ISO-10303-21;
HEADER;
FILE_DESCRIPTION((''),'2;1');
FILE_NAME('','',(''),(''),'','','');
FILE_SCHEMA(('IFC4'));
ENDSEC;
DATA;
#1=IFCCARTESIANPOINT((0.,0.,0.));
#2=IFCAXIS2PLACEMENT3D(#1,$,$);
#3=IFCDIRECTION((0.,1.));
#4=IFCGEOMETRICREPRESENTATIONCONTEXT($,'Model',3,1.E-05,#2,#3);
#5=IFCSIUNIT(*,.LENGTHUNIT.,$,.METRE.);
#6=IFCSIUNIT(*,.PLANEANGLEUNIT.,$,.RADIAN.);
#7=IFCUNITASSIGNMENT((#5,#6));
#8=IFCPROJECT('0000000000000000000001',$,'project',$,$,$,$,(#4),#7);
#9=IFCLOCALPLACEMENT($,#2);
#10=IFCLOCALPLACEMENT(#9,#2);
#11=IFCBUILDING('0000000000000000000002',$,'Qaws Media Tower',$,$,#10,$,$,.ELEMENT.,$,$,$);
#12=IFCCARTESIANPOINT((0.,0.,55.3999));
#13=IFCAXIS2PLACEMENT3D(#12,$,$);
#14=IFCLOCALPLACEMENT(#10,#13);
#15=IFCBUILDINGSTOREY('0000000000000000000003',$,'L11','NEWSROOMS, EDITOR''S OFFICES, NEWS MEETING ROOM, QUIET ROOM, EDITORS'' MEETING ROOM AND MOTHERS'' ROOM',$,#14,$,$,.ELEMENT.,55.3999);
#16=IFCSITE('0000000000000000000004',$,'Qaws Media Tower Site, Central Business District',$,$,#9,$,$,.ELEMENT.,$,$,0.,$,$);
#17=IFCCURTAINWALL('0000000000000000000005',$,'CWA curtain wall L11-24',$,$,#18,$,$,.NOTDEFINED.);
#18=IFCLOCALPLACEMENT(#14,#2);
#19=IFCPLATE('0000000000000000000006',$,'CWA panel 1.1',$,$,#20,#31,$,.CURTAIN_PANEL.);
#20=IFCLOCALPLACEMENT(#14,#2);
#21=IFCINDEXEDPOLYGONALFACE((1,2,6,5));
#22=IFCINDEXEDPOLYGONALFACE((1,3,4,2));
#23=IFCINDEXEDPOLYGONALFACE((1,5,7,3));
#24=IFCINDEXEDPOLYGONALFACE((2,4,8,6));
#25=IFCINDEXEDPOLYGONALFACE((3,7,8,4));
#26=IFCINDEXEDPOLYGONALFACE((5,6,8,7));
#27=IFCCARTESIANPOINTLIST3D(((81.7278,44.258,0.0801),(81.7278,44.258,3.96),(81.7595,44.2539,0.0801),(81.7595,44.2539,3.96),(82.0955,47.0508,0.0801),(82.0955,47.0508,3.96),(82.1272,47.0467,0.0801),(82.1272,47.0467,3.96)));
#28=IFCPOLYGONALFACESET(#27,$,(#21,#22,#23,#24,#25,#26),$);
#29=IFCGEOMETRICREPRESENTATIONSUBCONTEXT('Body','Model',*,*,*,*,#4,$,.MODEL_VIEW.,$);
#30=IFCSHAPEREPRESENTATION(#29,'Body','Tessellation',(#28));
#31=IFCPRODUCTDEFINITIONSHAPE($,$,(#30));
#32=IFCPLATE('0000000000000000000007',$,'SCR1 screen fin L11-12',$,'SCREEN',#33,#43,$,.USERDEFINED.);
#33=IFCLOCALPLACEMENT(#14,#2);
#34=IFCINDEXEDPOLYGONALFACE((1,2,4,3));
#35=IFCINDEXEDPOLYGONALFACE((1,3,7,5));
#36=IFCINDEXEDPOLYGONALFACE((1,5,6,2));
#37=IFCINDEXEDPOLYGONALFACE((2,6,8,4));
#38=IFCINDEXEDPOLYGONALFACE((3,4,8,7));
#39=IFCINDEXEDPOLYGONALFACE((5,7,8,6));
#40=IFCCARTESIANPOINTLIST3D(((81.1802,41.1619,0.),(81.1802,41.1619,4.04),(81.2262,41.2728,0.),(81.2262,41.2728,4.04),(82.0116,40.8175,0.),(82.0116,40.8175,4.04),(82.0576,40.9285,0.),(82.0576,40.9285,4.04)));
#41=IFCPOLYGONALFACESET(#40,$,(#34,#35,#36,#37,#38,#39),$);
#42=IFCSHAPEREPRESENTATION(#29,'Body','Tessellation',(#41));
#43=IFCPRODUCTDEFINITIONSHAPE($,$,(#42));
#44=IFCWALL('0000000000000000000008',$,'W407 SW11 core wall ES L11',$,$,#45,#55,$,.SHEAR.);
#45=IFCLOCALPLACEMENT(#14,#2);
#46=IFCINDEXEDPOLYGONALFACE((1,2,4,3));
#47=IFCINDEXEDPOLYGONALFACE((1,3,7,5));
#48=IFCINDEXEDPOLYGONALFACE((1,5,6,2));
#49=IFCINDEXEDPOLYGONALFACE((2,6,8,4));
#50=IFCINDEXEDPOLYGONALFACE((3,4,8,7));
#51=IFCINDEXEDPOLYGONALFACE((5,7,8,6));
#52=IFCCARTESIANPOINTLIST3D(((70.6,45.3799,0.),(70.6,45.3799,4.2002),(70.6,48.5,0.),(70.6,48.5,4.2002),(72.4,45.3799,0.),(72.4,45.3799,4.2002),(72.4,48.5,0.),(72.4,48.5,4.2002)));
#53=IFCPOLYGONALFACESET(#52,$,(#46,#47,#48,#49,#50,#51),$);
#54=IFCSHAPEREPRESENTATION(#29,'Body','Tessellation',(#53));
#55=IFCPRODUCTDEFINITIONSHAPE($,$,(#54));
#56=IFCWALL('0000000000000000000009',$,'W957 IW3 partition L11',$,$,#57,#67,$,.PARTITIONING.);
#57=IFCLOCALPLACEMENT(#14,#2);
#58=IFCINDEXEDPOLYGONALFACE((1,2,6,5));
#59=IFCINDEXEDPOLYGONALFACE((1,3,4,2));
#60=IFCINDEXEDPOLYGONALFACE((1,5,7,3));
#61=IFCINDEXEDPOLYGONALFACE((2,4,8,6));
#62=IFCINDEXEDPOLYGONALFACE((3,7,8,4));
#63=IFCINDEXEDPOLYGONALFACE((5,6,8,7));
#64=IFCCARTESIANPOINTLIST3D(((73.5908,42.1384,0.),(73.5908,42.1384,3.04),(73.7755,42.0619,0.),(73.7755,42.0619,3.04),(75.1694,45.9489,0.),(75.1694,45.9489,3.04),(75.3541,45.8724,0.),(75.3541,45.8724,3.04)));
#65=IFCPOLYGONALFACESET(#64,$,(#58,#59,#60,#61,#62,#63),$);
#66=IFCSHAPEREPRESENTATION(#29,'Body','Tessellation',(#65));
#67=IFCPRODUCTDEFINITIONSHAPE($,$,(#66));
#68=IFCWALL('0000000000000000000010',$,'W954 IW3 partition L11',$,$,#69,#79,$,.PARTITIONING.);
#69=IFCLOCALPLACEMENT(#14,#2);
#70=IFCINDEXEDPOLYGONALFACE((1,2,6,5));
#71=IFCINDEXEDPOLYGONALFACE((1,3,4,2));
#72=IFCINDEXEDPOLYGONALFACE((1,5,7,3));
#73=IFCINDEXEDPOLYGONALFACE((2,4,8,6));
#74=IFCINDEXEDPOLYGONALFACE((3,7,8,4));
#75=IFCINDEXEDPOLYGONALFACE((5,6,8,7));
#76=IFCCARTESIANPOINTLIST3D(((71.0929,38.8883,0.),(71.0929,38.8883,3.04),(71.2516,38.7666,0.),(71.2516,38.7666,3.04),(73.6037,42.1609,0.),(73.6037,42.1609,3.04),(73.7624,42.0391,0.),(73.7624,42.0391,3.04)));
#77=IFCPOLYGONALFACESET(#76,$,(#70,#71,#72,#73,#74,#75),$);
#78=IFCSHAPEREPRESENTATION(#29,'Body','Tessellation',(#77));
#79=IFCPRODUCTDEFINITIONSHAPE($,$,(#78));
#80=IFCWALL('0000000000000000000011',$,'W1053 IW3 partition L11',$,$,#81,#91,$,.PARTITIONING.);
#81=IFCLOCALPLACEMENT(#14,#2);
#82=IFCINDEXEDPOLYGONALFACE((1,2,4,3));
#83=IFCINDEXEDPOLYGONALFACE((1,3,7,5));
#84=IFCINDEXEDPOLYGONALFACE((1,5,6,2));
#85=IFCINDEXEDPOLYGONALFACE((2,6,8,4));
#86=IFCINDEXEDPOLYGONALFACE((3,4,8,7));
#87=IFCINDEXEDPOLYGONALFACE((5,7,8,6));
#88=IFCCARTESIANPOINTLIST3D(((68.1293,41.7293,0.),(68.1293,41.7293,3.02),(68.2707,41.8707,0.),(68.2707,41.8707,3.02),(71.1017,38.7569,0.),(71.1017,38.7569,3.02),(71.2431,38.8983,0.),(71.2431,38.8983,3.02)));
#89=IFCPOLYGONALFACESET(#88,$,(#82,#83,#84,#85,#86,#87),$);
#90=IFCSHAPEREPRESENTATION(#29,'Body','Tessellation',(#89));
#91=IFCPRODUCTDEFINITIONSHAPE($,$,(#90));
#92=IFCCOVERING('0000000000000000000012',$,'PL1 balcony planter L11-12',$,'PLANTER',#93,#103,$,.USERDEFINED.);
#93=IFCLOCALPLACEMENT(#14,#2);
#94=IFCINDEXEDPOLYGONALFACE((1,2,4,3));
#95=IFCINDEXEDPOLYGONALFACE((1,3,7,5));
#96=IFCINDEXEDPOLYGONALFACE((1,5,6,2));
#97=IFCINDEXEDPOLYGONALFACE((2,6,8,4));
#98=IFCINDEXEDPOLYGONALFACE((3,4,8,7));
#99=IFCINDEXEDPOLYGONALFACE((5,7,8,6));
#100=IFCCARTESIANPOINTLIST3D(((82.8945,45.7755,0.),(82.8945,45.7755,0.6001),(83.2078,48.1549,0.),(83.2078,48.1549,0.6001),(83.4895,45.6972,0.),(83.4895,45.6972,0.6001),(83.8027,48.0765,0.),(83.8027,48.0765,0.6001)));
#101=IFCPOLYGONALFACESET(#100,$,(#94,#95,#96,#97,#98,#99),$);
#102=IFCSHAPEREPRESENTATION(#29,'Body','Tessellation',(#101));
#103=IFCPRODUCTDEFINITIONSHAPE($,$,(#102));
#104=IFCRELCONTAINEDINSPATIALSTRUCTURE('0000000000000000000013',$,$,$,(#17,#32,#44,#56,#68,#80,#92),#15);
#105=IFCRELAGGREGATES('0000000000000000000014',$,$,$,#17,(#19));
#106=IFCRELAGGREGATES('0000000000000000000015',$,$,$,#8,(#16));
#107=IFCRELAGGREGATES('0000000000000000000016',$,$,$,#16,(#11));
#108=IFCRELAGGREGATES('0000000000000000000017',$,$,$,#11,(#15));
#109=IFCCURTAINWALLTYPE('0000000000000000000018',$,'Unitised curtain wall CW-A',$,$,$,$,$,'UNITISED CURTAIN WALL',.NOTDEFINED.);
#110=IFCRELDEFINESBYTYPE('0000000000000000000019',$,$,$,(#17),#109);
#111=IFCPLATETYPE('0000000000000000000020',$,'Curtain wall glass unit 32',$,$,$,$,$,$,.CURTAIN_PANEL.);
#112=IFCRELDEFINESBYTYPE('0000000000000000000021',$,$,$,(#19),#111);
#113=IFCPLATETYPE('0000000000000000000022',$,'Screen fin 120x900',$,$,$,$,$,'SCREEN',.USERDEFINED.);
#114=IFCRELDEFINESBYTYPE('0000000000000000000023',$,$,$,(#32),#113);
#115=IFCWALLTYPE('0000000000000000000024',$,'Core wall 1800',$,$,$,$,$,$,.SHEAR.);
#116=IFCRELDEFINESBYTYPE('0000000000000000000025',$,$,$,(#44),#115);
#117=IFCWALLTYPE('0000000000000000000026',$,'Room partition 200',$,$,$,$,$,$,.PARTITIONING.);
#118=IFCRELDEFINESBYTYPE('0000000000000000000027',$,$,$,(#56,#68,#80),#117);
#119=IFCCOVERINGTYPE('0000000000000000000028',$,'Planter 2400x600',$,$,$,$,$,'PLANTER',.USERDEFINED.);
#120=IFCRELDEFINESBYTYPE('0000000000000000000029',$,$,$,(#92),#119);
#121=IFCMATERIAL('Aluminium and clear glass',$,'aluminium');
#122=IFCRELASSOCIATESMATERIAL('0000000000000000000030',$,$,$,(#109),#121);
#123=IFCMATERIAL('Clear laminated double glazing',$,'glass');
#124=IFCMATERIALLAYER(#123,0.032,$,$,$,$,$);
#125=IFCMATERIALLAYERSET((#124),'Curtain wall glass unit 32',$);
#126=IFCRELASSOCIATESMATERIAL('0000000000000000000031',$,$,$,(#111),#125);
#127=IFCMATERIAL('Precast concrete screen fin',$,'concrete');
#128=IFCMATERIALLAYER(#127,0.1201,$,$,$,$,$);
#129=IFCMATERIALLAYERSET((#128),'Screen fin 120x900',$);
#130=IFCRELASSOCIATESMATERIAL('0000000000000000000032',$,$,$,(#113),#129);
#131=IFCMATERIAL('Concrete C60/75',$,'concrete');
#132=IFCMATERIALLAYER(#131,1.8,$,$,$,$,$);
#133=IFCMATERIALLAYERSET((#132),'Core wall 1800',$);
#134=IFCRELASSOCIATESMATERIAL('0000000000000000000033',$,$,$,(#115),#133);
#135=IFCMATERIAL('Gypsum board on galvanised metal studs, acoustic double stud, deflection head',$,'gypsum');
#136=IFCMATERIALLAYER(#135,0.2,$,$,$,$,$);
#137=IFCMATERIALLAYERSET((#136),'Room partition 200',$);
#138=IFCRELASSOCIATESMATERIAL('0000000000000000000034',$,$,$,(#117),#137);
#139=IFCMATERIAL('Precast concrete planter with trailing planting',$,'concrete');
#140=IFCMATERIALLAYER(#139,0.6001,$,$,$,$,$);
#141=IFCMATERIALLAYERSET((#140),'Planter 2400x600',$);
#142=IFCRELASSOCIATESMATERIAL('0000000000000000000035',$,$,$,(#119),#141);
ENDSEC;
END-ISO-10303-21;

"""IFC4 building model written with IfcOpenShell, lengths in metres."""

from ifc_helpers import new_model, si_unit, direction, frame, frame_2d, origin, origin_2d, place, context, subcontext, project, spatial, rectangle, extrude, material, layer, layer_set, type_object, element, aggregate, save


model = new_model("IFC4")

# Units and contexts
model_context = context("Model", 3, precision=1e-05, world=origin(), true_north=direction((0.0, 1.0)))
body_context = subcontext(model_context, "Body", "Model", "MODEL_VIEW")
ifc_project = project(units=[si_unit("LENGTHUNIT", "METRE"), si_unit("PLANEANGLEUNIT", "RADIAN")], contexts=[model_context])

# Site, building, storey
site_placement = place(None, origin())
site = spatial("IfcSite", under=ifc_project, at=site_placement, Name="Qaws Media Tower Site, Central Business District", CompositionType="ELEMENT", RefElevation=0.0)
building_placement = place(site_placement, origin())
building = spatial("IfcBuilding", under=site, at=building_placement, Name="Qaws Media Tower", CompositionType="ELEMENT")
storey_placement = place(building_placement, frame((0.0, 0.0, 55.3999)))
storey = spatial("IfcBuildingStorey", under=building, at=storey_placement, Name="L11", Description="NEWSROOMS, EDITOR'S OFFICES, NEWS MEETING ROOM, QUIET ROOM, EDITORS' MEETING ROOM AND MOTHERS' ROOM", CompositionType="ELEMENT", Elevation=55.3999)

# Curtain wall
ifc_material_1 = material(Name="Aluminium and clear glass", Category="aluminium")
curtain_wall_type = type_object("IfcCurtainWallType", Name="Unitised curtain wall CW-A", ElementType="UNITISED CURTAIN WALL", PredefinedType="NOTDEFINED", material=ifc_material_1)
curtain_wall_1_placement = place(storey_placement, origin())
curtain_wall_1 = element("IfcCurtainWall", 1, at=curtain_wall_1_placement, inside=storey, type_object=curtain_wall_type, Name="CWA curtain wall L11-24", PredefinedType="NOTDEFINED")

# Plates
ifc_material_2 = material(Name="Clear laminated double glazing", Category="glass")
ifc_layer_1 = layer(ifc_material_2, 0.032)
ifc_layer_set_1 = layer_set([ifc_layer_1], Name="Curtain wall glass unit 32")
plate_type_1 = type_object("IfcPlateType", Name="Curtain wall glass unit 32", PredefinedType="CURTAIN_PANEL", material=ifc_layer_set_1)
plate_1_placement = place(storey_placement, frame((81.9275, 45.6523, 0.0801), z_axis=(0.0, 0.0, 1.0), x_axis=(0.130526, 0.991445, 0.0)))
plate_1 = element("IfcPlate", 2, at=plate_1_placement, type_object=plate_type_1, Name="CWA panel 1.1", PredefinedType="CURTAIN_PANEL", context=body_context, shape_type="SweptSolid", body=[
    extrude(rectangle(XDim=2.8169, YDim=0.032, at=origin_2d()), origin(), (0.0, 0.0, 1.0), 3.8799),
])
aggregate(curtain_wall_1, [plate_1])
ifc_material_3 = material(Name="Precast concrete screen fin", Category="concrete")
ifc_layer_2 = layer(ifc_material_3, 0.1201)
ifc_layer_set_2 = layer_set([ifc_layer_2], Name="Screen fin 120x900")
plate_type_2 = type_object("IfcPlateType", Name="Screen fin 120x900", ElementType="SCREEN", PredefinedType="USERDEFINED", material=ifc_layer_set_2)
plate_2_placement = place(storey_placement, frame((81.6189, 41.0452, 0.0), z_axis=(0.0, 0.0, 1.0), x_axis=(0.92388, -0.382683, 0.0)))
element("IfcPlate", 3, at=plate_2_placement, inside=storey, type_object=plate_type_2, Name="SCR1 screen fin L11-12", ObjectType="SCREEN", PredefinedType="USERDEFINED", context=body_context, shape_type="SweptSolid", body=[
    extrude(rectangle(XDim=0.8999, YDim=0.1201, at=origin_2d()), origin(), (0.0, 0.0, 1.0), 4.04),
])

# Walls
ifc_material_4 = material(Name="Concrete C60/75", Category="concrete")
ifc_layer_3 = layer(ifc_material_4, 1.8)
ifc_layer_set_3 = layer_set([ifc_layer_3], Name="Core wall 1800")
wall_type_1 = type_object("IfcWallType", Name="Core wall 1800", PredefinedType="SHEAR", material=ifc_layer_set_3)
wall_1_placement = place(storey_placement, frame((71.5, 45.3799, 0.0), z_axis=(0.0, 0.0, 1.0), x_axis=(0.0, 1.0, 0.0)))
element("IfcWall", 4, at=wall_1_placement, inside=storey, type_object=wall_type_1, Name="W407 SW11 core wall ES L11", PredefinedType="SHEAR", context=body_context, shape_type="SweptSolid", body=[
    extrude(rectangle(XDim=3.1201, YDim=1.8, at=frame_2d((1.5601, 0.0))), origin(), (0.0, 0.0, 1.0), 4.2002),
])
ifc_material_5 = material(Name="Gypsum board on galvanised metal studs, acoustic double stud, deflection head", Category="gypsum")
ifc_layer_4 = layer(ifc_material_5, 0.2)
ifc_layer_set_4 = layer_set([ifc_layer_4], Name="Room partition 200")
wall_type_2 = type_object("IfcWallType", Name="Room partition 200", PredefinedType="PARTITIONING", material=ifc_layer_set_4)
wall_2_placement = place(storey_placement, frame((75.2617, 45.9106, 0.0), z_axis=(0.0, 0.0, 1.0), x_axis=(-0.382732, -0.92386, 0.0)))
element("IfcWall", 5, at=wall_2_placement, inside=storey, type_object=wall_type_2, Name="W957 IW3 partition L11", PredefinedType="PARTITIONING", context=body_context, shape_type="SweptSolid", body=[
    extrude(rectangle(XDim=4.1245, YDim=0.2, at=frame_2d((2.0623, 0.0))), origin(), (0.0, 0.0, 1.0), 3.04),
])
wall_3_placement = place(storey_placement, frame((73.6831, 42.1001, 0.0), z_axis=(0.0, 0.0, 1.0), x_axis=(-0.608715, -0.793389, 0.0)))
element("IfcWall", 6, at=wall_3_placement, inside=storey, type_object=wall_type_2, Name="W954 IW3 partition L11", PredefinedType="PARTITIONING", context=body_context, shape_type="SweptSolid", body=[
    extrude(rectangle(XDim=4.1248, YDim=0.2, at=frame_2d((2.0625, 0.0))), origin(), (0.0, 0.0, 1.0), 3.04),
])
wall_4_placement = place(storey_placement, frame((71.1724, 38.8276, 0.0), z_axis=(0.0, 0.0, 1.0), x_axis=(-0.707107, 0.707107, 0.0)))
element("IfcWall", 7, at=wall_4_placement, inside=storey, type_object=wall_type_2, Name="W1053 IW3 partition L11", PredefinedType="PARTITIONING", context=body_context, shape_type="SweptSolid", body=[
    extrude(rectangle(XDim=4.2036, YDim=0.2, at=frame_2d((2.1018, 0.0))), origin(), (0.0, 0.0, 1.0), 3.02),
])

# Covering
ifc_material_6 = material(Name="Precast concrete planter with trailing planting", Category="concrete")
ifc_layer_5 = layer(ifc_material_6, 0.6001)
ifc_layer_set_5 = layer_set([ifc_layer_5], Name="Planter 2400x600")
covering_type = type_object("IfcCoveringType", Name="Planter 2400x600", ElementType="PLANTER", PredefinedType="USERDEFINED", material=ifc_layer_set_5)
covering_placement = place(storey_placement, frame((83.3486, 46.926, 0.0), z_axis=(0.0, 0.0, 1.0), x_axis=(0.130526, 0.991445, 0.0)))
element("IfcCovering", 8, at=covering_placement, inside=storey, type_object=covering_type, Name="PL1 balcony planter L11-12", ObjectType="PLANTER", PredefinedType="USERDEFINED", context=body_context, shape_type="SweptSolid", body=[
    extrude(rectangle(XDim=2.3999, YDim=0.6001, at=origin_2d()), origin(), (0.0, 0.0, 1.0), 0.6001),
])

save(model, "model.ifc")
